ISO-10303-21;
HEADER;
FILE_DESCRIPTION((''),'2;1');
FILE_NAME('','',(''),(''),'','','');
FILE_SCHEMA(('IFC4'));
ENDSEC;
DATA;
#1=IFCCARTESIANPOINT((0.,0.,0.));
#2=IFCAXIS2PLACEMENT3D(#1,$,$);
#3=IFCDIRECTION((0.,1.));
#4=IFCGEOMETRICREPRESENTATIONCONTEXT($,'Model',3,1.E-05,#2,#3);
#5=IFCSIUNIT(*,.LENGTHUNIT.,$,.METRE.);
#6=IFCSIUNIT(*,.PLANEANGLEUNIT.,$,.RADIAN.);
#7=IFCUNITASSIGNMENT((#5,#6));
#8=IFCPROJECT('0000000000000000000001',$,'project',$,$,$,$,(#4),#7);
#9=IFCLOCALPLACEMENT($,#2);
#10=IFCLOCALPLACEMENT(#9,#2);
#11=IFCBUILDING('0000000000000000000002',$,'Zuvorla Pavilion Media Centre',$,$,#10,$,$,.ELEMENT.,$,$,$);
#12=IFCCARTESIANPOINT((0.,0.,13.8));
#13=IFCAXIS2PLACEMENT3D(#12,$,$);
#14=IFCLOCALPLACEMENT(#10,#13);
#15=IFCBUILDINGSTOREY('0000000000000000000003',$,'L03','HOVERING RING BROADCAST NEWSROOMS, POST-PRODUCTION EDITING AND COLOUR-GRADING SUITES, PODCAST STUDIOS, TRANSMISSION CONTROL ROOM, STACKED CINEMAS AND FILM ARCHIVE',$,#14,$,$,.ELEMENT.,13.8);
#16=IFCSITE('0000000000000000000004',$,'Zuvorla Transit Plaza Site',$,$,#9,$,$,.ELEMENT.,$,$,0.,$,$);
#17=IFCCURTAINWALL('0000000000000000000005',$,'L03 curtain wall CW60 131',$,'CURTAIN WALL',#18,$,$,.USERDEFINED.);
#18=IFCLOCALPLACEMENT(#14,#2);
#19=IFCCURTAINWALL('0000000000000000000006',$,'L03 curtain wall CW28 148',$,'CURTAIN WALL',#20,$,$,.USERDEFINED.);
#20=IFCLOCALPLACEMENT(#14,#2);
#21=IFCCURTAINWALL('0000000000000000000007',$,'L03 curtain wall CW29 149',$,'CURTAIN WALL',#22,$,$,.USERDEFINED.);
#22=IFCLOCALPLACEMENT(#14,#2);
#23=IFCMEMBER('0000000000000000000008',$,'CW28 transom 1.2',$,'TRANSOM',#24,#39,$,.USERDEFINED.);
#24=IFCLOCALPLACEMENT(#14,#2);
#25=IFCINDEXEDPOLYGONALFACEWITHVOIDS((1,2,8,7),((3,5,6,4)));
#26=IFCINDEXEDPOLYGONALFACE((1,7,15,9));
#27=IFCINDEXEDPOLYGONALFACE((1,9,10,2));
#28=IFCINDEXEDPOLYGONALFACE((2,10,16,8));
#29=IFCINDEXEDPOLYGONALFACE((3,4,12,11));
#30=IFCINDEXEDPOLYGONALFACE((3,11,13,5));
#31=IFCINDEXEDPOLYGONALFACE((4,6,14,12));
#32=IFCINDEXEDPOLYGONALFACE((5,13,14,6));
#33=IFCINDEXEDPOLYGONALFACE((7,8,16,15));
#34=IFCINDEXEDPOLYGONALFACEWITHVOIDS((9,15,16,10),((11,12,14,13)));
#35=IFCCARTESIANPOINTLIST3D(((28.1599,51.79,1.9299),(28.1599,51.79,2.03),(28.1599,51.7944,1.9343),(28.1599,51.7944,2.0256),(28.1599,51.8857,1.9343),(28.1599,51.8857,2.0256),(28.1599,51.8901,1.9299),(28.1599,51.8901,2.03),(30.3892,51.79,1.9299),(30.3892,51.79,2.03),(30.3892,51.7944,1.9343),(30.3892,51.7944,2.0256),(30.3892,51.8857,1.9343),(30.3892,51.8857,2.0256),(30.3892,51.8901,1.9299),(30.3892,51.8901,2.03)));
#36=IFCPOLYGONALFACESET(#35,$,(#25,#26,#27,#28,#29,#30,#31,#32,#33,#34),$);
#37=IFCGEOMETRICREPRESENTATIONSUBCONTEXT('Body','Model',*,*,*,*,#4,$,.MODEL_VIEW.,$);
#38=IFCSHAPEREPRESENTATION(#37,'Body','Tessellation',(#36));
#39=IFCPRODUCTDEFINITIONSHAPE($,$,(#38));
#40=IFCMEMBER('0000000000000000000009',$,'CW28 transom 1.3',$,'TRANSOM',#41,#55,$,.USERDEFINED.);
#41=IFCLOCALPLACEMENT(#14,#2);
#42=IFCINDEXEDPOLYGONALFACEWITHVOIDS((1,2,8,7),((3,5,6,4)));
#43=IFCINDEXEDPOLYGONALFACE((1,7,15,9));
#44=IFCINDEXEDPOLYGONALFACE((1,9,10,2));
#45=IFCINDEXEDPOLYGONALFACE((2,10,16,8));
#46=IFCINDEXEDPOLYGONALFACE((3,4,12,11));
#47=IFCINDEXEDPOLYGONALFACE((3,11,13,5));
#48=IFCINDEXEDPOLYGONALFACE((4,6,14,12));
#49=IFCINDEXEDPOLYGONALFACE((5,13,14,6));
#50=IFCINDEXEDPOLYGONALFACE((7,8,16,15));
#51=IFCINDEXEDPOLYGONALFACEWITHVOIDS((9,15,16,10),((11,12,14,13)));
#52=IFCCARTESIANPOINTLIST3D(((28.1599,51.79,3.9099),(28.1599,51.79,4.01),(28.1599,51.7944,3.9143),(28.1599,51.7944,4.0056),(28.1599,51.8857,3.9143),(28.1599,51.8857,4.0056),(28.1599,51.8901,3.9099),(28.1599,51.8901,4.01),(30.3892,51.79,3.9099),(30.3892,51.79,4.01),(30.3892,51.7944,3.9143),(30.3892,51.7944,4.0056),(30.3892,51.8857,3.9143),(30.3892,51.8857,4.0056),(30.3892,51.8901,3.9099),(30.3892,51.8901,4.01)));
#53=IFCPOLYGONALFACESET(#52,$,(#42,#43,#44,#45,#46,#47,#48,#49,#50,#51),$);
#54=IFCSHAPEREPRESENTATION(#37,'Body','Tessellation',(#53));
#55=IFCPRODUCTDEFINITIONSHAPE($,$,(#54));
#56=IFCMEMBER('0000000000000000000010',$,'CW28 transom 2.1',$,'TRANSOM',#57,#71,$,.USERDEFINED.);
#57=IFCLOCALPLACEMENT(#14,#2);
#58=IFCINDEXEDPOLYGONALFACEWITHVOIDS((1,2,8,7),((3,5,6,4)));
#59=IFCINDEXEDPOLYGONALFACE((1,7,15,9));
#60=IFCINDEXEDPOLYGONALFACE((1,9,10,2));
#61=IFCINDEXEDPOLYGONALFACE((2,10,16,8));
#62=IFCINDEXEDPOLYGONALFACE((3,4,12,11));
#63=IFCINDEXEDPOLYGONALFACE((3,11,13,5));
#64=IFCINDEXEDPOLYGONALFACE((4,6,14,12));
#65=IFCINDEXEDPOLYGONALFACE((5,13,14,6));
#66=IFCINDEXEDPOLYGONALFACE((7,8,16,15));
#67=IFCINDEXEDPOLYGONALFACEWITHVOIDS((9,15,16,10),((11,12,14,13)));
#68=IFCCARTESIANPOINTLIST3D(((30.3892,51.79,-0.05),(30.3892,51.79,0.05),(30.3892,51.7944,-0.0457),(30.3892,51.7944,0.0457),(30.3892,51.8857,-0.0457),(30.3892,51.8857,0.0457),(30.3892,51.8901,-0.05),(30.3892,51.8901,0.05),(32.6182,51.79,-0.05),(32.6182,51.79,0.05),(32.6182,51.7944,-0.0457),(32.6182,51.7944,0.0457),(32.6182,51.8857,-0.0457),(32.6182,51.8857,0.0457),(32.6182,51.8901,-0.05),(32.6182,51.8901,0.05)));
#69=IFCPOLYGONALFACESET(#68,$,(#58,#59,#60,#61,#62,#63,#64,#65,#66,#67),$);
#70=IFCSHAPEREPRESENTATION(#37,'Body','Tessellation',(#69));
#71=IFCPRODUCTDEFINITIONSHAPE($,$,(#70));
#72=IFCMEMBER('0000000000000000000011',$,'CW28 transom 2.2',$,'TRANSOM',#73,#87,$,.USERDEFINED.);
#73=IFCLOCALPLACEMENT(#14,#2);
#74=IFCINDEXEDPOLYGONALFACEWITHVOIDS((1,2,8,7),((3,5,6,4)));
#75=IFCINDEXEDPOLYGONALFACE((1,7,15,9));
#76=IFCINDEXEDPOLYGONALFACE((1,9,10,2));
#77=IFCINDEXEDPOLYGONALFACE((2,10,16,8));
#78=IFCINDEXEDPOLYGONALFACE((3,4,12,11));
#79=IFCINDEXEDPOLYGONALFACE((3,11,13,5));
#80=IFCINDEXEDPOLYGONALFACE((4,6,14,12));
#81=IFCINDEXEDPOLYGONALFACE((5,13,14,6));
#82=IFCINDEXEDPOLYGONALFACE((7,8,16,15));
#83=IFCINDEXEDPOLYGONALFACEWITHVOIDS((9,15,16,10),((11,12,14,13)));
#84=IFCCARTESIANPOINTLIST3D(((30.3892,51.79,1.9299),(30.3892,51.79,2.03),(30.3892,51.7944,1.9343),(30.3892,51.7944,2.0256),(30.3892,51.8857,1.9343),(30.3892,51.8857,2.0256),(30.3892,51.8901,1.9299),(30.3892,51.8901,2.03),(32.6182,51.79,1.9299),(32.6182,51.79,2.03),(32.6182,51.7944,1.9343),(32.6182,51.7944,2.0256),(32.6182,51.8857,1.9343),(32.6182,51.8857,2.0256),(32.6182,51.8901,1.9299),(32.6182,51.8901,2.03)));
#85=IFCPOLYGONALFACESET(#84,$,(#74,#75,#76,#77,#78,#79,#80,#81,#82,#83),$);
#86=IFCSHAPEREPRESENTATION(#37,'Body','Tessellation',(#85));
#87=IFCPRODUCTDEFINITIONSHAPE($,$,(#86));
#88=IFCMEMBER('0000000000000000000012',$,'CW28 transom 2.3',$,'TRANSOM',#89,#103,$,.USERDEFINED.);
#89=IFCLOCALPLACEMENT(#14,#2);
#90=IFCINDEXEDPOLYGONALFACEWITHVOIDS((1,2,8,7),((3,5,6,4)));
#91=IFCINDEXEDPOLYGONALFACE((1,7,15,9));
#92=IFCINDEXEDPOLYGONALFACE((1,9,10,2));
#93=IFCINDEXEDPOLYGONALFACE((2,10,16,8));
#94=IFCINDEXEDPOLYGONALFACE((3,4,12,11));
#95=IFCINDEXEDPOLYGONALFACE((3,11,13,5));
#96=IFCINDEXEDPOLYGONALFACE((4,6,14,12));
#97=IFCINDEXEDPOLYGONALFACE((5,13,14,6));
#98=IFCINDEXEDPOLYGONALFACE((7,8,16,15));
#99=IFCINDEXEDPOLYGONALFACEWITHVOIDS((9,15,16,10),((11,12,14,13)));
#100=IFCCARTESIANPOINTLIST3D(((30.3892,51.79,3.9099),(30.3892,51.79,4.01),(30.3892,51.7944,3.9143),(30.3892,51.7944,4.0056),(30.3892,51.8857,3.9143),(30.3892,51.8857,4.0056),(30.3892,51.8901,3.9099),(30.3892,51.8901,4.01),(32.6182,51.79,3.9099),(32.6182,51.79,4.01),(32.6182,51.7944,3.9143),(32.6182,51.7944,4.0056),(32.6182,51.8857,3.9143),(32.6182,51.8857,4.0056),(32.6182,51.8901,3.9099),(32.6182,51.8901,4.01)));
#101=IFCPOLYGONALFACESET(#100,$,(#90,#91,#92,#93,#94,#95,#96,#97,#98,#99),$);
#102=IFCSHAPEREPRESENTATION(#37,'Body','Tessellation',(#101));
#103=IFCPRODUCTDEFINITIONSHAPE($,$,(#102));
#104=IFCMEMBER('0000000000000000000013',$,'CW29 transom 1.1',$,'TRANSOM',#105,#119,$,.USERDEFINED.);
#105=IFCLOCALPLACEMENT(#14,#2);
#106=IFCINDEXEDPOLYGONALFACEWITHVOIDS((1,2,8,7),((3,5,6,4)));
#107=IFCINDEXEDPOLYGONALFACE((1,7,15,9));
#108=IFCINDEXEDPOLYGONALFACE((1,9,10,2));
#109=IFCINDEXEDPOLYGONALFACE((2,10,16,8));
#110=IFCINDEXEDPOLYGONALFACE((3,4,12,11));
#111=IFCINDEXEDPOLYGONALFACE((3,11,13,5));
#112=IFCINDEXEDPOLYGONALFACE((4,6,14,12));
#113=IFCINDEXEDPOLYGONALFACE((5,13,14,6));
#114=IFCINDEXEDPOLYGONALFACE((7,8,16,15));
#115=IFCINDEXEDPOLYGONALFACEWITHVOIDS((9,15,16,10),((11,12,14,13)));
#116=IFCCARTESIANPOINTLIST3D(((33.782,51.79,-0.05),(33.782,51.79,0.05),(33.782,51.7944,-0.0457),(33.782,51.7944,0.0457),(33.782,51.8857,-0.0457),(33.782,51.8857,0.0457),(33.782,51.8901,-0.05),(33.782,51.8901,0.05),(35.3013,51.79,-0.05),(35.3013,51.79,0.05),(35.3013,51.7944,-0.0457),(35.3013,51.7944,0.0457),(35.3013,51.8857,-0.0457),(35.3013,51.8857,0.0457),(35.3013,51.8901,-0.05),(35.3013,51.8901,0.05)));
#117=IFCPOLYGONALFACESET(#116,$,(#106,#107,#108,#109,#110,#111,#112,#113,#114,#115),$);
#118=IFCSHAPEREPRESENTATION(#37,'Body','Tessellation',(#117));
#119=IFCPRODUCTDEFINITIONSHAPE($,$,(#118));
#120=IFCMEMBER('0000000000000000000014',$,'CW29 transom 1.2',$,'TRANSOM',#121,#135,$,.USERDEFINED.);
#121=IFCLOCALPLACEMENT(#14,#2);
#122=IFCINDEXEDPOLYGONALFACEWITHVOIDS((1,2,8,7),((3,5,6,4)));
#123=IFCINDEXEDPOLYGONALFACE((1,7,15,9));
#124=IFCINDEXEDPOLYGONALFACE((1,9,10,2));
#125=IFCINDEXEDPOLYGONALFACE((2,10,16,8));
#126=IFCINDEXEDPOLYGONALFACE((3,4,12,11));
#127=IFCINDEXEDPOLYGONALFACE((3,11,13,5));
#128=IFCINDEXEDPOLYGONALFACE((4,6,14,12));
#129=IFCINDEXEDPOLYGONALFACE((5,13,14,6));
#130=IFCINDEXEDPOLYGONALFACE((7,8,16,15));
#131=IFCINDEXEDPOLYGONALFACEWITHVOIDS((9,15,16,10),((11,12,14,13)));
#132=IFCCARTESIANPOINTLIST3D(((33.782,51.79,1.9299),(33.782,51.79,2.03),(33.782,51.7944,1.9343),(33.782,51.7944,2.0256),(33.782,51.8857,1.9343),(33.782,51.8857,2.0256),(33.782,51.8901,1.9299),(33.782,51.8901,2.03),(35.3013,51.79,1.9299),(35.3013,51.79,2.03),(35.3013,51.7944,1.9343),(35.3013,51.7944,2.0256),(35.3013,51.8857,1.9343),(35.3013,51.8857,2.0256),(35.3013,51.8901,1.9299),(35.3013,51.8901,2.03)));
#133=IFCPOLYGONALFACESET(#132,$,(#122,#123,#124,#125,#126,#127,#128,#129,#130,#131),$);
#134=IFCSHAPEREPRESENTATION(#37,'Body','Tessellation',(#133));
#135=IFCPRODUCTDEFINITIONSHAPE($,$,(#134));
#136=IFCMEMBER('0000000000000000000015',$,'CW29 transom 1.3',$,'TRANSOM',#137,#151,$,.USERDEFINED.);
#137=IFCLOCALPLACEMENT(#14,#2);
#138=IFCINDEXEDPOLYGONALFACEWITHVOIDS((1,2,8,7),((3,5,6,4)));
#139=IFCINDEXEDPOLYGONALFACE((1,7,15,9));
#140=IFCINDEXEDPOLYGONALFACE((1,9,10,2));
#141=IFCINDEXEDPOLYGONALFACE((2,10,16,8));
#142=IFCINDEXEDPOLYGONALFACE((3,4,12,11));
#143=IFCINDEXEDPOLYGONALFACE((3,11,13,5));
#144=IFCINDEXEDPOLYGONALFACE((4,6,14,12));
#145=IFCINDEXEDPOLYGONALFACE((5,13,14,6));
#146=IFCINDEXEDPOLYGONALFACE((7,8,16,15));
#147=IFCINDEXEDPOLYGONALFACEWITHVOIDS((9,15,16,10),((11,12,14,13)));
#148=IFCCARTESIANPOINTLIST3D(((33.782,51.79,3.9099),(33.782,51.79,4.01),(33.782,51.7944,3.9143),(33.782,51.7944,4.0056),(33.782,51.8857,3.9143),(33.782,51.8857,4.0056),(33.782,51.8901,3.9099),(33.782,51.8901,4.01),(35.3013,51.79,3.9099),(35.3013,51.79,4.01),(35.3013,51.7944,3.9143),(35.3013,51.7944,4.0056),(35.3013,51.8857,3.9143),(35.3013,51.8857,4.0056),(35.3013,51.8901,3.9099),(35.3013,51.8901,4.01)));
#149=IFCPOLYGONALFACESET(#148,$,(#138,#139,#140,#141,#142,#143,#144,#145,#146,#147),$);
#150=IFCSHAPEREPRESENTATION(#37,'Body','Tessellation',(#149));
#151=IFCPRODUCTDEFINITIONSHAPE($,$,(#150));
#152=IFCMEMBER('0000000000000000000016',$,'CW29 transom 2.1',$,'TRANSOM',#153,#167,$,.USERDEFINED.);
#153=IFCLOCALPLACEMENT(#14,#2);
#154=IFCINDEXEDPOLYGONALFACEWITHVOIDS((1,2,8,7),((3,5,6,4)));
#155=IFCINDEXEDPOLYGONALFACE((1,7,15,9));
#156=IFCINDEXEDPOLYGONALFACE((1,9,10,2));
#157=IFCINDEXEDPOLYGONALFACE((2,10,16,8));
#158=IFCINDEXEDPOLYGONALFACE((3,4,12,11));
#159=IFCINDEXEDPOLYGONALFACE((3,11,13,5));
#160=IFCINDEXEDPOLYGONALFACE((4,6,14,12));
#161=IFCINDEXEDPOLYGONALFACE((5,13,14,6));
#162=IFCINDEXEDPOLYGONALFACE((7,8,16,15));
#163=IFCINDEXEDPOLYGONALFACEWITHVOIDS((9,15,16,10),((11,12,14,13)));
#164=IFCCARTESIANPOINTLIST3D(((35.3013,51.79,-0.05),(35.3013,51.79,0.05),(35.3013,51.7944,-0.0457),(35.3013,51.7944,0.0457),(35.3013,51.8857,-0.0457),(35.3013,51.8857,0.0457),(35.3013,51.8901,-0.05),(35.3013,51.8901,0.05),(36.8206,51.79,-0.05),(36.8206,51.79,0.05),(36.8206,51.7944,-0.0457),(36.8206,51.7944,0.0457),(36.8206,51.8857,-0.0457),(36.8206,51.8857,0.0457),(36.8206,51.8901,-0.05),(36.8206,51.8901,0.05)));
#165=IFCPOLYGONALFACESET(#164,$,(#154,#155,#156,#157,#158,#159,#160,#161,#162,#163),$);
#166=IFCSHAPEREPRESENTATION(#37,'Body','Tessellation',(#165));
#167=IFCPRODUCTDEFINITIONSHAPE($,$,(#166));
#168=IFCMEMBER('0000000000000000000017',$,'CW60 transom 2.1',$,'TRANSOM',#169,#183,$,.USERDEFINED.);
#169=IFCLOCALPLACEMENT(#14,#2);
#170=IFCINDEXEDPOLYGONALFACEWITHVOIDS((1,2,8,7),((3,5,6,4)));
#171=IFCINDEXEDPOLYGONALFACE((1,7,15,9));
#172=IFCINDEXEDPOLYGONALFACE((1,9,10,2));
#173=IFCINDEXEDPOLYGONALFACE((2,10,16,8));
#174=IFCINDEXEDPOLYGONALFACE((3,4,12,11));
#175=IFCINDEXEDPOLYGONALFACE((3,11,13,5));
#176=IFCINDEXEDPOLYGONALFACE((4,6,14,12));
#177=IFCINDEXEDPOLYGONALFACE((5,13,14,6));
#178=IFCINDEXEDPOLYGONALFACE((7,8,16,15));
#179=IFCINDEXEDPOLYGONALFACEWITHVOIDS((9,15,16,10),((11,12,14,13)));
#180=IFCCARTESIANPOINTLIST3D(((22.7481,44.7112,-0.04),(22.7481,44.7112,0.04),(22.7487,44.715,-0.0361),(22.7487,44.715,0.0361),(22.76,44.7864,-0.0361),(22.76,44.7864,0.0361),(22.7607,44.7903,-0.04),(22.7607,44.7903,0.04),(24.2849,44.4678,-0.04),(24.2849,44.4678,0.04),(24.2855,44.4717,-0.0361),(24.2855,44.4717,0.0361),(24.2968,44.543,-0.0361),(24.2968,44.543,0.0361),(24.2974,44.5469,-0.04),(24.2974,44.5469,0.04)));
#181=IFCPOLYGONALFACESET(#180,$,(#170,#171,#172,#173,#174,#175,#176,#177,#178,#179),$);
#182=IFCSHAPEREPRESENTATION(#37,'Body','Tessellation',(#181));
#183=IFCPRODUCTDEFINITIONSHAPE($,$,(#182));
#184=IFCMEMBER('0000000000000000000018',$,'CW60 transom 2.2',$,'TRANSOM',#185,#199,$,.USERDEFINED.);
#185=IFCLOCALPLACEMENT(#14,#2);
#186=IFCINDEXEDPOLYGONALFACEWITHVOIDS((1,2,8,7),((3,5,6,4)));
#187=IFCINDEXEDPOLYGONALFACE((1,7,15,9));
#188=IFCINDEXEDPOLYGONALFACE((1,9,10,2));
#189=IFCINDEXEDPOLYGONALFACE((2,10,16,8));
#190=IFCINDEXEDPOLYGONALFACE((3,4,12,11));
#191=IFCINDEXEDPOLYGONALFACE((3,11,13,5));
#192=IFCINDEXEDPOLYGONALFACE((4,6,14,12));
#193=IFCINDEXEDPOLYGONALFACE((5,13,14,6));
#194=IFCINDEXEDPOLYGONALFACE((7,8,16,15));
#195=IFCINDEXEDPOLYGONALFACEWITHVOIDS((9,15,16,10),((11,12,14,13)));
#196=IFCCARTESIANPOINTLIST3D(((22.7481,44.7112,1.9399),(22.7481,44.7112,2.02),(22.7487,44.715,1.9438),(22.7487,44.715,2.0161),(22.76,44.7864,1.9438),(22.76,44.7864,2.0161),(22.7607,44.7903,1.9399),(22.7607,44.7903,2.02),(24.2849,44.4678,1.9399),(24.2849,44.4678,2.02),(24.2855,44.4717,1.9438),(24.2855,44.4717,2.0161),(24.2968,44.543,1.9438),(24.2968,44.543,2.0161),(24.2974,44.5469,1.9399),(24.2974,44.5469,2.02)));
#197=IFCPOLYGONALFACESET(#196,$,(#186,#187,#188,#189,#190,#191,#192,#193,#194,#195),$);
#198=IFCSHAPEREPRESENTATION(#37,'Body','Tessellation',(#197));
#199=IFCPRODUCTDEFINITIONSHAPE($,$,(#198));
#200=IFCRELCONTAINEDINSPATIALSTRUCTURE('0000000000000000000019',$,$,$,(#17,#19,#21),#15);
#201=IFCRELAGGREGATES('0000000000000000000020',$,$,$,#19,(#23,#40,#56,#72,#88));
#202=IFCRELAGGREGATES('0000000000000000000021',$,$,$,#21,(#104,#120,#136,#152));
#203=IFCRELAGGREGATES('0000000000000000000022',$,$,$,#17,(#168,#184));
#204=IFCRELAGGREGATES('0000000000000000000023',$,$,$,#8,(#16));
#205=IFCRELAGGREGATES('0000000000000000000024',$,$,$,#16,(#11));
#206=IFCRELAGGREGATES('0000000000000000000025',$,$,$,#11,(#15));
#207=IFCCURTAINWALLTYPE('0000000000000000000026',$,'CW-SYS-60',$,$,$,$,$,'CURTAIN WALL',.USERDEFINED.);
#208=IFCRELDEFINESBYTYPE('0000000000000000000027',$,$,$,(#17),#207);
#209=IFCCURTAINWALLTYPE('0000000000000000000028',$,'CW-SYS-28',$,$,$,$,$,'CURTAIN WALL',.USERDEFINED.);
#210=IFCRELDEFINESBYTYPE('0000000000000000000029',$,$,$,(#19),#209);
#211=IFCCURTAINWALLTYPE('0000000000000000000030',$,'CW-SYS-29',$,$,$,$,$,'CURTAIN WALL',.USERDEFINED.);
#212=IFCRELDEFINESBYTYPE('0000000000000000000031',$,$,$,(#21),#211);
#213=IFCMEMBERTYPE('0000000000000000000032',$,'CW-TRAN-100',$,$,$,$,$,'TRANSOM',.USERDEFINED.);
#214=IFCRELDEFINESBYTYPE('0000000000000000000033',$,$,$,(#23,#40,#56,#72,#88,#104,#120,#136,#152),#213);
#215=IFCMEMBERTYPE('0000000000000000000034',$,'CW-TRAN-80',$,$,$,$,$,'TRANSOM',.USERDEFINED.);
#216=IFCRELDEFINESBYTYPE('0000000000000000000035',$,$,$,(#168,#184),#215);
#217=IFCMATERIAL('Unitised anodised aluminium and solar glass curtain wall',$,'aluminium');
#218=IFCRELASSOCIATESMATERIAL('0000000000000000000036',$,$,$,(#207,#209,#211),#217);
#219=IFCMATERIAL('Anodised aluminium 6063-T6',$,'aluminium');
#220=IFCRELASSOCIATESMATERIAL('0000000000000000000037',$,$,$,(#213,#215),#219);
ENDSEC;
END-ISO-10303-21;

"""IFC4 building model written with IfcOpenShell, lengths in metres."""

from ifc_helpers import new_model, si_unit, direction, frame, origin, origin_2d, place, context, subcontext, project, spatial, hollow_rectangle, extrude, material, material_profile, profile_set, type_object, element, aggregate, save


model = new_model("IFC4")

# Units and contexts
model_context = context("Model", 3, precision=1e-05, world=origin(), true_north=direction((0.0, 1.0)))
body_context = subcontext(model_context, "Body", "Model", "MODEL_VIEW")
ifc_project = project(units=[si_unit("LENGTHUNIT", "METRE"), si_unit("PLANEANGLEUNIT", "RADIAN")], contexts=[model_context])

# Site, building, storey
site_placement = place(None, origin())
site = spatial("IfcSite", under=ifc_project, at=site_placement, Name="Zuvorla Transit Plaza Site", CompositionType="ELEMENT", RefElevation=0.0)
building_placement = place(site_placement, origin())
building = spatial("IfcBuilding", under=site, at=building_placement, Name="Zuvorla Pavilion Media Centre", CompositionType="ELEMENT")
storey_placement = place(building_placement, frame((0.0, 0.0, 13.8)))
storey = spatial("IfcBuildingStorey", under=building, at=storey_placement, Name="L03", Description="HOVERING RING BROADCAST NEWSROOMS, POST-PRODUCTION EDITING AND COLOUR-GRADING SUITES, PODCAST STUDIOS, TRANSMISSION CONTROL ROOM, STACKED CINEMAS AND FILM ARCHIVE", CompositionType="ELEMENT", Elevation=13.8)

# Curtain walls
ifc_material_1 = material(Name="Unitised anodised aluminium and solar glass curtain wall", Category="aluminium")
curtain_wall_type_1 = type_object("IfcCurtainWallType", Name="CW-SYS-60", ElementType="CURTAIN WALL", PredefinedType="USERDEFINED", material=ifc_material_1)
curtain_wall_1_placement = place(storey_placement, origin())
curtain_wall_1 = element("IfcCurtainWall", 1, at=curtain_wall_1_placement, inside=storey, type_object=curtain_wall_type_1, Name="L03 curtain wall CW60 131", ObjectType="CURTAIN WALL", PredefinedType="USERDEFINED")
ifc_material_2 = material(Name="Anodised aluminium 6063-T6", Category="aluminium")
curtain_wall_type_2 = type_object("IfcCurtainWallType", Name="CW-SYS-28", ElementType="CURTAIN WALL", PredefinedType="USERDEFINED", material=ifc_material_1)
curtain_wall_2_placement = place(storey_placement, origin())
curtain_wall_2 = element("IfcCurtainWall", 2, at=curtain_wall_2_placement, inside=storey, type_object=curtain_wall_type_2, Name="L03 curtain wall CW28 148", ObjectType="CURTAIN WALL", PredefinedType="USERDEFINED")
curtain_wall_type_3 = type_object("IfcCurtainWallType", Name="CW-SYS-29", ElementType="CURTAIN WALL", PredefinedType="USERDEFINED", material=ifc_material_1)
curtain_wall_3_placement = place(storey_placement, origin())
curtain_wall_3 = element("IfcCurtainWall", 3, at=curtain_wall_3_placement, inside=storey, type_object=curtain_wall_type_3, Name="L03 curtain wall CW29 149", ObjectType="CURTAIN WALL", PredefinedType="USERDEFINED")

# Members
ifc_material_profile_1 = material_profile(ifc_material_2, hollow_rectangle(XDim=0.1001, YDim=0.1001, WallThickness=0.0044, at=origin_2d()), Name="ALU TRAN 100x100")
ifc_profile_set_1 = profile_set([ifc_material_profile_1], Name="Anodised aluminium 6063-T6")
member_type_1 = type_object("IfcMemberType", Name="CW-TRAN-100", ElementType="TRANSOM", PredefinedType="USERDEFINED", material=ifc_profile_set_1)
member_1_placement = place(storey_placement, frame((28.1599, 51.8401, 1.98), z_axis=(1.0, 0.0, 0.0), x_axis=(0.0, 1.0, 0.0)))
member_1 = element("IfcMember", 4, at=member_1_placement, type_object=member_type_1, Name="CW28 transom 1.2", ObjectType="TRANSOM", PredefinedType="USERDEFINED", context=body_context, shape_type="SweptSolid", body=[
    extrude(hollow_rectangle(XDim=0.1001, YDim=0.1001, WallThickness=0.0044, at=origin_2d()), origin(), (0.0, 0.0, 1.0), 2.2292),
])
member_2_placement = place(storey_placement, frame((28.1599, 51.8401, 3.96), z_axis=(1.0, 0.0, 0.0), x_axis=(0.0, 1.0, 0.0)))
member_2 = element("IfcMember", 5, at=member_2_placement, type_object=member_type_1, Name="CW28 transom 1.3", ObjectType="TRANSOM", PredefinedType="USERDEFINED", context=body_context, shape_type="SweptSolid", body=[
    extrude(hollow_rectangle(XDim=0.1001, YDim=0.1001, WallThickness=0.0044, at=origin_2d()), origin(), (0.0, 0.0, 1.0), 2.2292),
])
member_3_placement = place(storey_placement, frame((30.3892, 51.8401, 0.0), z_axis=(1.0, 0.0, 0.0), x_axis=(0.0, 1.0, 0.0)))
member_3 = element("IfcMember", 6, at=member_3_placement, type_object=member_type_1, Name="CW28 transom 2.1", ObjectType="TRANSOM", PredefinedType="USERDEFINED", context=body_context, shape_type="SweptSolid", body=[
    extrude(hollow_rectangle(XDim=0.1001, YDim=0.1001, WallThickness=0.0044, at=origin_2d()), origin(), (0.0, 0.0, 1.0), 2.229),
])
member_4_placement = place(storey_placement, frame((30.3892, 51.8401, 1.98), z_axis=(1.0, 0.0, 0.0), x_axis=(0.0, 1.0, 0.0)))
member_4 = element("IfcMember", 7, at=member_4_placement, type_object=member_type_1, Name="CW28 transom 2.2", ObjectType="TRANSOM", PredefinedType="USERDEFINED", context=body_context, shape_type="SweptSolid", body=[
    extrude(hollow_rectangle(XDim=0.1001, YDim=0.1001, WallThickness=0.0044, at=origin_2d()), origin(), (0.0, 0.0, 1.0), 2.229),
])
member_5_placement = place(storey_placement, frame((30.3892, 51.8401, 3.96), z_axis=(1.0, 0.0, 0.0), x_axis=(0.0, 1.0, 0.0)))
member_5 = element("IfcMember", 8, at=member_5_placement, type_object=member_type_1, Name="CW28 transom 2.3", ObjectType="TRANSOM", PredefinedType="USERDEFINED", context=body_context, shape_type="SweptSolid", body=[
    extrude(hollow_rectangle(XDim=0.1001, YDim=0.1001, WallThickness=0.0044, at=origin_2d()), origin(), (0.0, 0.0, 1.0), 2.229),
])
member_6_placement = place(storey_placement, frame((33.782, 51.8401, 0.0), z_axis=(1.0, 0.0, 0.0), x_axis=(0.0, 1.0, 0.0)))
member_6 = element("IfcMember", 9, at=member_6_placement, type_object=member_type_1, Name="CW29 transom 1.1", ObjectType="TRANSOM", PredefinedType="USERDEFINED", context=body_context, shape_type="SweptSolid", body=[
    extrude(hollow_rectangle(XDim=0.1001, YDim=0.1001, WallThickness=0.0044, at=origin_2d()), origin(), (0.0, 0.0, 1.0), 1.5193),
])
member_7_placement = place(storey_placement, frame((33.782, 51.8401, 1.98), z_axis=(1.0, 0.0, 0.0), x_axis=(0.0, 1.0, 0.0)))
member_7 = element("IfcMember", 10, at=member_7_placement, type_object=member_type_1, Name="CW29 transom 1.2", ObjectType="TRANSOM", PredefinedType="USERDEFINED", context=body_context, shape_type="SweptSolid", body=[
    extrude(hollow_rectangle(XDim=0.1001, YDim=0.1001, WallThickness=0.0044, at=origin_2d()), origin(), (0.0, 0.0, 1.0), 1.5193),
])
member_8_placement = place(storey_placement, frame((33.782, 51.8401, 3.96), z_axis=(1.0, 0.0, 0.0), x_axis=(0.0, 1.0, 0.0)))
member_8 = element("IfcMember", 11, at=member_8_placement, type_object=member_type_1, Name="CW29 transom 1.3", ObjectType="TRANSOM", PredefinedType="USERDEFINED", context=body_context, shape_type="SweptSolid", body=[
    extrude(hollow_rectangle(XDim=0.1001, YDim=0.1001, WallThickness=0.0044, at=origin_2d()), origin(), (0.0, 0.0, 1.0), 1.5193),
])
member_9_placement = place(storey_placement, frame((35.3013, 51.8401, 0.0), z_axis=(1.0, 0.0, 0.0), x_axis=(0.0, 1.0, 0.0)))
member_9 = element("IfcMember", 12, at=member_9_placement, type_object=member_type_1, Name="CW29 transom 2.1", ObjectType="TRANSOM", PredefinedType="USERDEFINED", context=body_context, shape_type="SweptSolid", body=[
    extrude(hollow_rectangle(XDim=0.1001, YDim=0.1001, WallThickness=0.0044, at=origin_2d()), origin(), (0.0, 0.0, 1.0), 1.5193),
])
ifc_material_profile_2 = material_profile(ifc_material_2, hollow_rectangle(XDim=0.0801, YDim=0.0801, WallThickness=0.0039, at=origin_2d()), Name="ALU TRAN 80x80")
ifc_profile_set_2 = profile_set([ifc_material_profile_2], Name="Anodised aluminium 6063-T6")
member_type_2 = type_object("IfcMemberType", Name="CW-TRAN-80", ElementType="TRANSOM", PredefinedType="USERDEFINED", material=ifc_profile_set_2)
member_10_placement = place(storey_placement, frame((22.7544, 44.7507, 0.0), z_axis=(0.987689, -0.15643, 0.0), x_axis=(0.15643, 0.987689, 0.0)))
member_10 = element("IfcMember", 13, at=member_10_placement, type_object=member_type_2, Name="CW60 transom 2.1", ObjectType="TRANSOM", PredefinedType="USERDEFINED", context=body_context, shape_type="SweptSolid", body=[
    extrude(hollow_rectangle(XDim=0.0801, YDim=0.0801, WallThickness=0.0039, at=origin_2d()), origin(), (0.0, 0.0, 1.0), 1.5559),
])
member_11_placement = place(storey_placement, frame((22.7544, 44.7507, 1.98), z_axis=(0.987689, -0.15643, 0.0), x_axis=(0.15643, 0.987689, 0.0)))
member_11 = element("IfcMember", 14, at=member_11_placement, type_object=member_type_2, Name="CW60 transom 2.2", ObjectType="TRANSOM", PredefinedType="USERDEFINED", context=body_context, shape_type="SweptSolid", body=[
    extrude(hollow_rectangle(XDim=0.0801, YDim=0.0801, WallThickness=0.0039, at=origin_2d()), origin(), (0.0, 0.0, 1.0), 1.5559),
])

aggregate(curtain_wall_2, [member_1, member_2, member_3, member_4, member_5])
aggregate(curtain_wall_3, [member_6, member_7, member_8, member_9])
aggregate(curtain_wall_1, [member_10, member_11])

save(model, "model.ifc")
